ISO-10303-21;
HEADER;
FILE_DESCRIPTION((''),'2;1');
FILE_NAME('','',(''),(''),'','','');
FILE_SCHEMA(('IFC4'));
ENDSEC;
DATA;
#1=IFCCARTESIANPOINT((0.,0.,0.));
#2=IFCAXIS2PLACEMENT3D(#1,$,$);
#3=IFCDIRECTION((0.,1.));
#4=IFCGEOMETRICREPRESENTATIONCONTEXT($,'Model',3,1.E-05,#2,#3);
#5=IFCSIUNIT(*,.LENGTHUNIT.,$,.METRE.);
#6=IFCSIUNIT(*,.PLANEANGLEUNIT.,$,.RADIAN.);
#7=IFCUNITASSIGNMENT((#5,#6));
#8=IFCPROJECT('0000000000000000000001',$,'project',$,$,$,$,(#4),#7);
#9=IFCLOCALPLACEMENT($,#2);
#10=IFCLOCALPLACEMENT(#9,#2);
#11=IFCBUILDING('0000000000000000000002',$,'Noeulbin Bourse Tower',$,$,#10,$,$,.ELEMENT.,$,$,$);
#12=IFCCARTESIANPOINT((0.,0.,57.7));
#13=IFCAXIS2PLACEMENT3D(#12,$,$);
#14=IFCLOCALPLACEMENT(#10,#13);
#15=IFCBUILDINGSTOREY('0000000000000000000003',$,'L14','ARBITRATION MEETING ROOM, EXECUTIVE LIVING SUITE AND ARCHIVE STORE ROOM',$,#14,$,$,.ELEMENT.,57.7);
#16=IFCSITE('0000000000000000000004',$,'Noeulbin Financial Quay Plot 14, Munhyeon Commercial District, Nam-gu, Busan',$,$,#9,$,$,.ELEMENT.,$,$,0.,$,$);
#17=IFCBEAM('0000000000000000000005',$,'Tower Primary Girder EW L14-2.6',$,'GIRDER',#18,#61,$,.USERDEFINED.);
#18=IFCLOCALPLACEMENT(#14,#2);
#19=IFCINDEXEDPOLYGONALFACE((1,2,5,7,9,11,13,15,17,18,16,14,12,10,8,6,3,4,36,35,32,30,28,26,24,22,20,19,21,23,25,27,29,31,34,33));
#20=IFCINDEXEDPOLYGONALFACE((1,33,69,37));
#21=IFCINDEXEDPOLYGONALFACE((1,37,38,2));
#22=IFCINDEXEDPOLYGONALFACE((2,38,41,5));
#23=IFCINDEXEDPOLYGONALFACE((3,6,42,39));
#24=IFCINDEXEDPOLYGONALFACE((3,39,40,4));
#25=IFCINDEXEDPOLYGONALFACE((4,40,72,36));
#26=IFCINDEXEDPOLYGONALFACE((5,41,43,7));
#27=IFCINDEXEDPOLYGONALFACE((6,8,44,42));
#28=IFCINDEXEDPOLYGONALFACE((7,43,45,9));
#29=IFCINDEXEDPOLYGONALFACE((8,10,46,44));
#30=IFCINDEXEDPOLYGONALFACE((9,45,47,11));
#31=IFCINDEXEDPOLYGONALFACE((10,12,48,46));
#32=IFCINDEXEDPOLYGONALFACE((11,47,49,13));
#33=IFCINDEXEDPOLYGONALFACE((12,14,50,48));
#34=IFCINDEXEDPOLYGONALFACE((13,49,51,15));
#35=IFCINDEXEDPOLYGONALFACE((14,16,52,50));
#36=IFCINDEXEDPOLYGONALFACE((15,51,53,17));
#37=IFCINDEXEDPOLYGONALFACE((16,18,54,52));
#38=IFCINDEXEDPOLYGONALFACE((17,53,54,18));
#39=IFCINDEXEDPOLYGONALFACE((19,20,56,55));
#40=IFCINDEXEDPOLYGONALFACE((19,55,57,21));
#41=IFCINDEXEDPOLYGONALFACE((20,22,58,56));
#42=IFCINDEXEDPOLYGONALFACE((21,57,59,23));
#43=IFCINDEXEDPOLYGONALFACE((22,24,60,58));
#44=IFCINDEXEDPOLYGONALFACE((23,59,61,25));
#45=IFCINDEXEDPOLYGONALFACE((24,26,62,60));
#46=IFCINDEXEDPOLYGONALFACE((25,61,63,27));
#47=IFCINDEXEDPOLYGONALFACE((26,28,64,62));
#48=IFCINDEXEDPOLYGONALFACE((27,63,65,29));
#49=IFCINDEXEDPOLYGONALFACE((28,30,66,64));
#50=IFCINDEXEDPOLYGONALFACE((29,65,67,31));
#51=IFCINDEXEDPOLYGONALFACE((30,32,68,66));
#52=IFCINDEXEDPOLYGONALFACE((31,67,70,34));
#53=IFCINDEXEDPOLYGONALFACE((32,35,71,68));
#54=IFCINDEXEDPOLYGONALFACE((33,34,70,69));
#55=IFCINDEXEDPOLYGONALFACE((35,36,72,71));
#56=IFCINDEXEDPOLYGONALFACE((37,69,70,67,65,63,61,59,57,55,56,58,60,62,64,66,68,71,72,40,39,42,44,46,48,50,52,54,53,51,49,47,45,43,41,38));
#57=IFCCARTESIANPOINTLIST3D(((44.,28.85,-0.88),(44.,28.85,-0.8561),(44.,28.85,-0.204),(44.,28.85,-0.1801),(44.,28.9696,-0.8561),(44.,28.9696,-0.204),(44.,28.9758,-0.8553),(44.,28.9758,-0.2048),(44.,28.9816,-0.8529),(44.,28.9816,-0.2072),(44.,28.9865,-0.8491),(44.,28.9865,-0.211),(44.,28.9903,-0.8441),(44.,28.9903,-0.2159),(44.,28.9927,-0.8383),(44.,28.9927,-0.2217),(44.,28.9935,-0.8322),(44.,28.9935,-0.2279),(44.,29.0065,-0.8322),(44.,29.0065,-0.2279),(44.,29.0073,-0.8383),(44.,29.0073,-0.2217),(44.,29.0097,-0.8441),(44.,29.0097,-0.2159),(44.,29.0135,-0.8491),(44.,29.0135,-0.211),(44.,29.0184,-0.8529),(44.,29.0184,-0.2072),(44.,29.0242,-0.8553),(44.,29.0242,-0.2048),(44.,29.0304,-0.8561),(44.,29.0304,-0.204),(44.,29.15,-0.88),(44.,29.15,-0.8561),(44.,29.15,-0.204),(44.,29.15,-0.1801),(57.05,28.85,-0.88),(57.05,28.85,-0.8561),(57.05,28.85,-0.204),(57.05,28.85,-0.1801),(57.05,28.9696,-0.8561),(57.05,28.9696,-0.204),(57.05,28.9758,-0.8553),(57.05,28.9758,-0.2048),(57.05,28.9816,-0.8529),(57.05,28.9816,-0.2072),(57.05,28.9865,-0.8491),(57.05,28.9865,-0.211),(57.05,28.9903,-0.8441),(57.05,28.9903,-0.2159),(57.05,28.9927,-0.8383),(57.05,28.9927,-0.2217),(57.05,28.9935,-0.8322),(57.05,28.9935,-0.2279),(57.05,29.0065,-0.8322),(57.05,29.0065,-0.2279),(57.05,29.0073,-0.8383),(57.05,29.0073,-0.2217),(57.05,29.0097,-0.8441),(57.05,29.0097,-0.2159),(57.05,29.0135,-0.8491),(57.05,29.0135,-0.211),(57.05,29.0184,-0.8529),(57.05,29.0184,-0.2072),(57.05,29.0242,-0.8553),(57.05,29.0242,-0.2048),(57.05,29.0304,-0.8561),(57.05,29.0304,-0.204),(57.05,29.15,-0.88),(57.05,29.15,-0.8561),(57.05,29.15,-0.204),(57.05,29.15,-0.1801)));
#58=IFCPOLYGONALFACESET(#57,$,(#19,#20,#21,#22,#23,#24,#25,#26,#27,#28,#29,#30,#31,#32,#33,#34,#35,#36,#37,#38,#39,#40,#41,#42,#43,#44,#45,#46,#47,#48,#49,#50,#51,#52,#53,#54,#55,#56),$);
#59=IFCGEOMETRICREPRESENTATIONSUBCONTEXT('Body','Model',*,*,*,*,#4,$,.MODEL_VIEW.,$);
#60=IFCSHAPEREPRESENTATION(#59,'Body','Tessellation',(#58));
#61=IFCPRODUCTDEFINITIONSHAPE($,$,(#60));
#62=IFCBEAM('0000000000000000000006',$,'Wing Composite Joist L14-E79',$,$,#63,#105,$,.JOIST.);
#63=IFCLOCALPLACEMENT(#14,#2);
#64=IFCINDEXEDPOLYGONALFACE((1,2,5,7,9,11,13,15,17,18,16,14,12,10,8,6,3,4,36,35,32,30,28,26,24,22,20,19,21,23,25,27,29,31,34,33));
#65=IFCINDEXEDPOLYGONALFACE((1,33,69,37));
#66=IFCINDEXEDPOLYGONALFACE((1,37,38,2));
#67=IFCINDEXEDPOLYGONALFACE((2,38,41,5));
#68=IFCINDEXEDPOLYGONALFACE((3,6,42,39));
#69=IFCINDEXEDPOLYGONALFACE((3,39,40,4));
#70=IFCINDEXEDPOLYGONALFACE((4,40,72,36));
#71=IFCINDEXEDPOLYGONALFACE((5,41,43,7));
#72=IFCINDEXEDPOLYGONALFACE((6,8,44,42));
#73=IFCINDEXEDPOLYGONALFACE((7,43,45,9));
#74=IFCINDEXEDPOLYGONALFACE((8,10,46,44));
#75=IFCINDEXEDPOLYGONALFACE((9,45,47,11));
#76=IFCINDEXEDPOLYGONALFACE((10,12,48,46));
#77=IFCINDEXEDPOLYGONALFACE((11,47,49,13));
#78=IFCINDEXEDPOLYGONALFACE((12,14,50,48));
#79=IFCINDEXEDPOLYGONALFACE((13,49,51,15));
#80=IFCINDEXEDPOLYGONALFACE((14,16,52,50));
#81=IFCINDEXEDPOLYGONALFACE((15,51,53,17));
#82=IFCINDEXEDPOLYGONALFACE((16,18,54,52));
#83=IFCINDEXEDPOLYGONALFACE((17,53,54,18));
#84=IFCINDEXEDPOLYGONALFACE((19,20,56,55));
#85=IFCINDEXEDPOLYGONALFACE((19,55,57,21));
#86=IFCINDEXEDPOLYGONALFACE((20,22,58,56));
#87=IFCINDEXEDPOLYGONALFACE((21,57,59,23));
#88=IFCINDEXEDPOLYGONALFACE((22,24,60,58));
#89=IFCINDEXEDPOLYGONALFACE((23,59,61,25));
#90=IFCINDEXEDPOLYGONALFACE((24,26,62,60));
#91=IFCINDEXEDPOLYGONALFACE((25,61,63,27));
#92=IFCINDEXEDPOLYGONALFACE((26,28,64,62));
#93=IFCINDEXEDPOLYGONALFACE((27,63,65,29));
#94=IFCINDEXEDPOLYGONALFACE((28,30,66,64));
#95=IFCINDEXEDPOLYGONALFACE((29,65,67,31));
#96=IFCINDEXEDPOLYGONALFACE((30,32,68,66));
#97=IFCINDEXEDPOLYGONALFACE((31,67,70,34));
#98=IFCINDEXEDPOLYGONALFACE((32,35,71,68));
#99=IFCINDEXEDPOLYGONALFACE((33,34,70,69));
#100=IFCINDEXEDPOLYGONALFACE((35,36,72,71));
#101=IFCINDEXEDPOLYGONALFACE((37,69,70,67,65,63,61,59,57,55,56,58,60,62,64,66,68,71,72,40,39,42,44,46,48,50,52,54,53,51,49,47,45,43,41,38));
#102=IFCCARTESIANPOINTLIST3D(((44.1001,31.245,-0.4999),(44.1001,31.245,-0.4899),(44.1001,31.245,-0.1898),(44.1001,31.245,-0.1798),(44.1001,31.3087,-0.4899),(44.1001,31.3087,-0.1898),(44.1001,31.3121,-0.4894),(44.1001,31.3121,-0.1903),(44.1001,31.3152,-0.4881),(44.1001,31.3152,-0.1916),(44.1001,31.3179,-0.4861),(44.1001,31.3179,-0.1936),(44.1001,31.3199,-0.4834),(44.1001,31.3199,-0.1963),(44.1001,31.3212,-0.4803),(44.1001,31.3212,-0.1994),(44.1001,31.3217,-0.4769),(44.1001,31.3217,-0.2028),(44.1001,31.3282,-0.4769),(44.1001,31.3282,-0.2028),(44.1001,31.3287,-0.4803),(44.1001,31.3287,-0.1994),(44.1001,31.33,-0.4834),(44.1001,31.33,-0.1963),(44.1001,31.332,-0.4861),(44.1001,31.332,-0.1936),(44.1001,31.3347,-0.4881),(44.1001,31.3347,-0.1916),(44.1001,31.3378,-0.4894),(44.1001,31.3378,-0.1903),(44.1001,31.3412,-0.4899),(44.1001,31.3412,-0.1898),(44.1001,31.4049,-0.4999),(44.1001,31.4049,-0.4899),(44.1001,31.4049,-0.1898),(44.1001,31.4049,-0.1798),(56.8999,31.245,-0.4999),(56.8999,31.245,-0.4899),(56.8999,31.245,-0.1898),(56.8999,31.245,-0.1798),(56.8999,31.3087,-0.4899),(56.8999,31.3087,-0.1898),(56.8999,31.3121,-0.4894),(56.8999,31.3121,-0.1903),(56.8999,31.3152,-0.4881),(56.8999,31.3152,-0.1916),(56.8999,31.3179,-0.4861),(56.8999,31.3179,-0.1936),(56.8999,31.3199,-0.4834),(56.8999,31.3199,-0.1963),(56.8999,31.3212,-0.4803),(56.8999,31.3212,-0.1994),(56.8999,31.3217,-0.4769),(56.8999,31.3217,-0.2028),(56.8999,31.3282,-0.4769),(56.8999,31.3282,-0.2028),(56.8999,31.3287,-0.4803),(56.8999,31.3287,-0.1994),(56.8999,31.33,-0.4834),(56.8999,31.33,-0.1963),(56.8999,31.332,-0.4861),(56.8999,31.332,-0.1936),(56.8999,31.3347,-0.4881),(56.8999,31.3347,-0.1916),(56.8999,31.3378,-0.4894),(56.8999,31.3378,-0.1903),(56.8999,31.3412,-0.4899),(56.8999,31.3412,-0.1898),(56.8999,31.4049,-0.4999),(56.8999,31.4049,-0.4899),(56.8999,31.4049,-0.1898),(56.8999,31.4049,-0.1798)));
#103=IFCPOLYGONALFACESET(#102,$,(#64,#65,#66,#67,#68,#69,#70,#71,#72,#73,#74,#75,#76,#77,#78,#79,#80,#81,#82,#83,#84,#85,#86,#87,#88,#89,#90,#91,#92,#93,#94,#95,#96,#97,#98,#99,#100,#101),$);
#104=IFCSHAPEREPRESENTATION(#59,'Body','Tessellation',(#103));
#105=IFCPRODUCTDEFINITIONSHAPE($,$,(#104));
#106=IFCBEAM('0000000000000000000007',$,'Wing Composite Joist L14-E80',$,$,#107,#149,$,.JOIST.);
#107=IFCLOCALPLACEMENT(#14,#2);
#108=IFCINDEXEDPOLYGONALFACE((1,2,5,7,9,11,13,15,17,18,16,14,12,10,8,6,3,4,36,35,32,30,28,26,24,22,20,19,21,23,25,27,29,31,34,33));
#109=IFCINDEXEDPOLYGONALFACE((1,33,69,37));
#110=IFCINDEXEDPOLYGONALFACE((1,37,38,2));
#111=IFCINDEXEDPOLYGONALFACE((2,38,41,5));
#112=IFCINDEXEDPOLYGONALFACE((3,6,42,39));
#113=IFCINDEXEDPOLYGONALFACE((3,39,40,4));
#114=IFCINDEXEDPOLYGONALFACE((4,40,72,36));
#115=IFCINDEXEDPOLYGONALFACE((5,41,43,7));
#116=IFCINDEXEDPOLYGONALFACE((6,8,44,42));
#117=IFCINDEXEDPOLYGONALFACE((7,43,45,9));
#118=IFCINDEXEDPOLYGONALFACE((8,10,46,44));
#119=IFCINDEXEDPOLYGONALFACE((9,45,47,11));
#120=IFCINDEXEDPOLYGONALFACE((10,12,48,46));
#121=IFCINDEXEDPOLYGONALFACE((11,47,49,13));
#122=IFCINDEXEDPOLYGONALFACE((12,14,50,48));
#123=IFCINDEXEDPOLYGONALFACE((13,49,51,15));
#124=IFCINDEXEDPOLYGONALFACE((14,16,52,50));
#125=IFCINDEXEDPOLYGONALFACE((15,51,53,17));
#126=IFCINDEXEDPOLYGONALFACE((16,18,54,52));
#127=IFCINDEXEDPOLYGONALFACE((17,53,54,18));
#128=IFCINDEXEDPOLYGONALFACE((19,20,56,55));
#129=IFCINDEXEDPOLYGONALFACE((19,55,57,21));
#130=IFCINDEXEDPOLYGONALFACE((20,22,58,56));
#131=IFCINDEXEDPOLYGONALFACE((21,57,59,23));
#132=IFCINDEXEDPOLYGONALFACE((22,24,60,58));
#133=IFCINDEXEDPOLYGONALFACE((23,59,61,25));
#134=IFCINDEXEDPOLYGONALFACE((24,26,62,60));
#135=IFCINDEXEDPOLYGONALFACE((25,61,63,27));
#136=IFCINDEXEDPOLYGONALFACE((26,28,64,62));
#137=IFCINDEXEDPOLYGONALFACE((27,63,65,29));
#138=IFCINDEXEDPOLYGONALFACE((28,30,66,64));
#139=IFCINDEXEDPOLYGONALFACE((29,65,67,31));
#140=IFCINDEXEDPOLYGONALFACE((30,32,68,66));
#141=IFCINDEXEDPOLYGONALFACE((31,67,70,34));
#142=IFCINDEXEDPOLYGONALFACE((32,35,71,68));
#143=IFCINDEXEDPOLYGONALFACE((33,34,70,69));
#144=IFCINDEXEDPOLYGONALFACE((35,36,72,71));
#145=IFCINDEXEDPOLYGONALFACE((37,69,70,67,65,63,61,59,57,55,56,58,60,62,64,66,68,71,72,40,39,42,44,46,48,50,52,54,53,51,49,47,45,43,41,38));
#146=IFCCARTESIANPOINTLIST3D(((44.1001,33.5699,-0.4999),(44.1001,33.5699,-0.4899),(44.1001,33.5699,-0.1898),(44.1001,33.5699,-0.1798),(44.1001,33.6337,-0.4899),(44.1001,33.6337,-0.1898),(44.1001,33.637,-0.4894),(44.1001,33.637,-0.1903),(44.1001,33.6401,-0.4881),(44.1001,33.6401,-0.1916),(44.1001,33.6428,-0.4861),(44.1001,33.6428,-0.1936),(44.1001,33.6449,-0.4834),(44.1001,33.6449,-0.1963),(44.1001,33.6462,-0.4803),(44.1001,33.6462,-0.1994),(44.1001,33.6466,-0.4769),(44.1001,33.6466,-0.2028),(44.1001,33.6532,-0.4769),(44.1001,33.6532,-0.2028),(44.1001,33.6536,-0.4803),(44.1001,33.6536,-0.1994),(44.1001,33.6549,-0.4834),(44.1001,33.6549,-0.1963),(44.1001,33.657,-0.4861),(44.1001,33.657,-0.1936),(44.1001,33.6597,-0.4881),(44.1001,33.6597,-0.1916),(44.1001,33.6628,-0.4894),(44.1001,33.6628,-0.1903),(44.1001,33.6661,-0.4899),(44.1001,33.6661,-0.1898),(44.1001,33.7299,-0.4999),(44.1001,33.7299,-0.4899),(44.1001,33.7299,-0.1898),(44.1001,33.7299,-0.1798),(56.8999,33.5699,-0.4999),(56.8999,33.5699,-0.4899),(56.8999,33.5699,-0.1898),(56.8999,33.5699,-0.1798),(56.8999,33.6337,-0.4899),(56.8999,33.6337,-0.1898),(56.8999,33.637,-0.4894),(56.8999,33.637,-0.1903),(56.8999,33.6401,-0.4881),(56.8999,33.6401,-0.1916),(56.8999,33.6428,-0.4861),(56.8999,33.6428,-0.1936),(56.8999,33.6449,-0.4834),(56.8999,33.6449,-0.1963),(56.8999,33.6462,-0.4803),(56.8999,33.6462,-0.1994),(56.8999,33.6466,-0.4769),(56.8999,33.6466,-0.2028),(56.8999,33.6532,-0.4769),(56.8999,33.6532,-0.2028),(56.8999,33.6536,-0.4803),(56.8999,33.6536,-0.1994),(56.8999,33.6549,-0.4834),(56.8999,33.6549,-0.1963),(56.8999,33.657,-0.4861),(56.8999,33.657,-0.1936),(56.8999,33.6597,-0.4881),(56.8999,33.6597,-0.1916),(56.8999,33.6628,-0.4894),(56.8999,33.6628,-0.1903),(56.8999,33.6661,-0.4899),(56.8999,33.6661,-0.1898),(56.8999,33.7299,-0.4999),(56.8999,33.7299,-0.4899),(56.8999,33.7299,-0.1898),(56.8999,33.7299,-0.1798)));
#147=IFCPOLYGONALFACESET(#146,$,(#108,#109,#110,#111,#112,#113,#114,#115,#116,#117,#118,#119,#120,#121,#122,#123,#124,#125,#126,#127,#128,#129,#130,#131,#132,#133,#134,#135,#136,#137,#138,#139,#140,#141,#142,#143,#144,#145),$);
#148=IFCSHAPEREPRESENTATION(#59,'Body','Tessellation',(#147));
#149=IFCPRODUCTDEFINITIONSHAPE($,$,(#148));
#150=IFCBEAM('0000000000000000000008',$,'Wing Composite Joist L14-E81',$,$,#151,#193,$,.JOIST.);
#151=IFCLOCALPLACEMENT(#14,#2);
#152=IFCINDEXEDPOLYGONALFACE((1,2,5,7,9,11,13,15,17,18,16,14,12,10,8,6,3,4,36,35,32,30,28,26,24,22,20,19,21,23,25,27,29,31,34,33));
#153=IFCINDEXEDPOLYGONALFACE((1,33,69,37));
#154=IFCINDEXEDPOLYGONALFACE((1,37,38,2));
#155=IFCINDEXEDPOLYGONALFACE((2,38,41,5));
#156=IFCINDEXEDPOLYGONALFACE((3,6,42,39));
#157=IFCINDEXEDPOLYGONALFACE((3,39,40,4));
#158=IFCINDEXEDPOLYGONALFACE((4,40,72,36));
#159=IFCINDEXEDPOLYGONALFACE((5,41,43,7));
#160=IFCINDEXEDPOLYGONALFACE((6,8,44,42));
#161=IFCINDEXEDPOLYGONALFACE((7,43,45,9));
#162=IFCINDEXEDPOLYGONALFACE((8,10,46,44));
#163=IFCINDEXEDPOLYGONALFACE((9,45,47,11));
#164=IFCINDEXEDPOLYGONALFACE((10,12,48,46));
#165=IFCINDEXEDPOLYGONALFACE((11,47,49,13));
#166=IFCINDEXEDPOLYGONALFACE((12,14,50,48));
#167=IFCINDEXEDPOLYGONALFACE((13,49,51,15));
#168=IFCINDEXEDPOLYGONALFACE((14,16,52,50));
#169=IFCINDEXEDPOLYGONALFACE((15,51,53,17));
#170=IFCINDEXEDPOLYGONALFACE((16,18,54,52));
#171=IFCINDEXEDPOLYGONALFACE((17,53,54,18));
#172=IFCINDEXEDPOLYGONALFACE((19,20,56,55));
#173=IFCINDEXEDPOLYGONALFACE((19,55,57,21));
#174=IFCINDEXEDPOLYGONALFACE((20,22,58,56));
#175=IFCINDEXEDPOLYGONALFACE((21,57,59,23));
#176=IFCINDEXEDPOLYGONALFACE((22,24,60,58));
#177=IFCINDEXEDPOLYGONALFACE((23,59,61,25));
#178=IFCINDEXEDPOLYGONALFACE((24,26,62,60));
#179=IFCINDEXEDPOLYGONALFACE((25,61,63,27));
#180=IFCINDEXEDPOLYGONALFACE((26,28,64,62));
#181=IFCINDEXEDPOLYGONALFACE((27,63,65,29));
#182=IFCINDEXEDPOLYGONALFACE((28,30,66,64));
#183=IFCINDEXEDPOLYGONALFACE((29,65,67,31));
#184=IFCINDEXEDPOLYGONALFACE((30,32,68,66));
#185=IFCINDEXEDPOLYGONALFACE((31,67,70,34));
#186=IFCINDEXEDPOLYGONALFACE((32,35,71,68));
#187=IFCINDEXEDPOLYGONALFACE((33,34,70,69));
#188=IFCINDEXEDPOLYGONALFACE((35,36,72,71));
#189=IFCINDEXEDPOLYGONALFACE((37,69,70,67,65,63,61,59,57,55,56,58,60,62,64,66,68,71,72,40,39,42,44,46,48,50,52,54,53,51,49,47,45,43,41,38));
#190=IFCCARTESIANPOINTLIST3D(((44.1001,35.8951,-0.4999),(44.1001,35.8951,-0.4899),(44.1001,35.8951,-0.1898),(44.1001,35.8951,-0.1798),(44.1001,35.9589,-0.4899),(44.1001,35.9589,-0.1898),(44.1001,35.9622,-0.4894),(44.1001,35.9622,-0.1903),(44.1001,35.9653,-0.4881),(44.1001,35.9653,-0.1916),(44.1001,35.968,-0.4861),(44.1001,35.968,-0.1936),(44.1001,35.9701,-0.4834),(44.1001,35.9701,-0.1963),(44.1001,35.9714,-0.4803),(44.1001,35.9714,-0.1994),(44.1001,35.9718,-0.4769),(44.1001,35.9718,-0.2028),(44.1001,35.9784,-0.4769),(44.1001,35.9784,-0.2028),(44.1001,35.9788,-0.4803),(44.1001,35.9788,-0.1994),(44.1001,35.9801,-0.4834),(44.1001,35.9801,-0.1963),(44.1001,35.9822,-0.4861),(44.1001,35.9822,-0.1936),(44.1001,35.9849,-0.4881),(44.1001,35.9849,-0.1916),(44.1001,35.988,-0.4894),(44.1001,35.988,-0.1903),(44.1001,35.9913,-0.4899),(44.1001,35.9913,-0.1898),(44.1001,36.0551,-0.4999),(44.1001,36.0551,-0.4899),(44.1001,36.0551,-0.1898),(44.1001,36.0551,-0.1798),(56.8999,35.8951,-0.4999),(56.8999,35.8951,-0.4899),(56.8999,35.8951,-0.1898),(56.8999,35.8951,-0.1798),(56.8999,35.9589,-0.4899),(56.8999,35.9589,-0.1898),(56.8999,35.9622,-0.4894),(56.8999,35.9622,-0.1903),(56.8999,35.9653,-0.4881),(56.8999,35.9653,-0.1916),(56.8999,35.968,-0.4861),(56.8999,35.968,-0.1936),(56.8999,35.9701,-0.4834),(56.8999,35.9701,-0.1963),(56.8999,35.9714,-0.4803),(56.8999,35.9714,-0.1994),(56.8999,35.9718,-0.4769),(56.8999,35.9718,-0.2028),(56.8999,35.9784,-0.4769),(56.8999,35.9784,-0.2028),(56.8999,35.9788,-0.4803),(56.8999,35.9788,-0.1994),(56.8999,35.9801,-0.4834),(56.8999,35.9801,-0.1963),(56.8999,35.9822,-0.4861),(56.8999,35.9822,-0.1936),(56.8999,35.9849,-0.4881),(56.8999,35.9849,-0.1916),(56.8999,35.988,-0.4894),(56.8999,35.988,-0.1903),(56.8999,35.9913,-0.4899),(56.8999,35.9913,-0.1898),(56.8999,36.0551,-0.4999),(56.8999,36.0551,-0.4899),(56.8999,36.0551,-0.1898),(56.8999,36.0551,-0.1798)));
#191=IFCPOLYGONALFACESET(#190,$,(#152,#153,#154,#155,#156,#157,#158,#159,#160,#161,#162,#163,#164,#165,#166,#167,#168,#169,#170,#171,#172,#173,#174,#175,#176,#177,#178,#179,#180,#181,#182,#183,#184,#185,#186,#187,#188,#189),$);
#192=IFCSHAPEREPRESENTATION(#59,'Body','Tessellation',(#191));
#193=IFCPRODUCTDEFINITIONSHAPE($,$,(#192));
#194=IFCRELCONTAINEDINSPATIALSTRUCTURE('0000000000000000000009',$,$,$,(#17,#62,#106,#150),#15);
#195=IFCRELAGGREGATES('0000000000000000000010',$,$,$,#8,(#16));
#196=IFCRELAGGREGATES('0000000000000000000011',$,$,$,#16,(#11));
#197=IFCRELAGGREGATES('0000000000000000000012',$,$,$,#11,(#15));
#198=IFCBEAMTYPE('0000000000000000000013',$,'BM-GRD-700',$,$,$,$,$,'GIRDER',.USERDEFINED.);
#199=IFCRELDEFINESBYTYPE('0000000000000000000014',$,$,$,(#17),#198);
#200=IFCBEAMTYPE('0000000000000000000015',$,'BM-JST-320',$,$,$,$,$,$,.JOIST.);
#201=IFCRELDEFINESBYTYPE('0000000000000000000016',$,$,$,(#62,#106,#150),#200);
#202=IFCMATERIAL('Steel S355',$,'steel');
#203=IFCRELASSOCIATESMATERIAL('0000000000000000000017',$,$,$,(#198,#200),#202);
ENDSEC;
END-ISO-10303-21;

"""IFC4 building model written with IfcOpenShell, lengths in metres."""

from ifc_helpers import new_model, si_unit, direction, frame, origin, origin_2d, place, context, subcontext, project, spatial, i_section, extrude, material, material_profile, profile_set, type_object, element, save


model = new_model("IFC4")

# Units and contexts
model_context = context("Model", 3, precision=1e-05, world=origin(), true_north=direction((0.0, 1.0)))
body_context = subcontext(model_context, "Body", "Model", "MODEL_VIEW")
ifc_project = project(units=[si_unit("LENGTHUNIT", "METRE"), si_unit("PLANEANGLEUNIT", "RADIAN")], contexts=[model_context])

# Site, building, storey
site_placement = place(None, origin())
site = spatial("IfcSite", under=ifc_project, at=site_placement, Name="Noeulbin Financial Quay Plot 14, Munhyeon Commercial District, Nam-gu, Busan", CompositionType="ELEMENT", RefElevation=0.0)
building_placement = place(site_placement, origin())
building = spatial("IfcBuilding", under=site, at=building_placement, Name="Noeulbin Bourse Tower", CompositionType="ELEMENT")
storey_placement = place(building_placement, frame((0.0, 0.0, 57.7)))
storey = spatial("IfcBuildingStorey", under=building, at=storey_placement, Name="L14", Description="ARBITRATION MEETING ROOM, EXECUTIVE LIVING SUITE AND ARCHIVE STORE ROOM", CompositionType="ELEMENT", Elevation=57.7)

# Beams
ifc_material_1 = material(Name="Steel S355", Category="steel")
ifc_material_profile_1 = material_profile(ifc_material_1, i_section(OverallWidth=0.3, OverallDepth=0.7, WebThickness=0.0129, FlangeThickness=0.0239, FilletRadius=0.0239, at=origin_2d()), Name="H-700x300x13x24", Category="LoadBearing")
ifc_profile_set_1 = profile_set([ifc_material_profile_1], Name="Steel S355")
beam_type_1 = type_object("IfcBeamType", Name="BM-GRD-700", ElementType="GIRDER", PredefinedType="USERDEFINED", material=ifc_profile_set_1)
beam_1_placement = place(storey_placement, frame((44.0, 29.0, -0.53), z_axis=(1.0, 0.0, 0.0), x_axis=(0.0, 1.0, 0.0)))
element("IfcBeam", 1, at=beam_1_placement, inside=storey, type_object=beam_type_1, Name="Tower Primary Girder EW L14-2.6", ObjectType="GIRDER", PredefinedType="USERDEFINED", context=body_context, shape_type="SweptSolid", body=[
    extrude(i_section(OverallWidth=0.3, OverallDepth=0.7, WebThickness=0.0129, FlangeThickness=0.0239, FilletRadius=0.0239, at=origin_2d()), origin(), (0.0, 0.0, 1.0), 13.05),
])
ifc_material_profile_2 = material_profile(ifc_material_1, i_section(OverallWidth=0.1599, OverallDepth=0.3201, WebThickness=0.0066, FlangeThickness=0.01, FilletRadius=0.0129, at=origin_2d()), Name="H-320x160x6.5x10", Category="LoadBearing")
ifc_profile_set_2 = profile_set([ifc_material_profile_2], Name="Steel S355")
beam_type_2 = type_object("IfcBeamType", Name="BM-JST-320", PredefinedType="JOIST", material=ifc_profile_set_2)
for number, where, z_axis, x_axis, name in (
    (2, (44.1001, 31.325, -0.3398), (1.0, 0.0, 0.0), (0.0, 1.0, 0.0), "Wing Composite Joist L14-E79"),
    (3, (44.1001, 33.6499, -0.3398), (1.0, 0.0, 0.0), (0.0, 1.0, 0.0), "Wing Composite Joist L14-E80"),
    (4, (44.1001, 35.9751, -0.3398), (1.0, 0.0, 0.0), (0.0, 1.0, 0.0), "Wing Composite Joist L14-E81"),
):
    element("IfcBeam", number, at=place(storey_placement, frame(where, z_axis=z_axis, x_axis=x_axis)), inside=storey, type_object=beam_type_2, Name=name, PredefinedType="JOIST", context=body_context, shape_type="SweptSolid", body=[
        extrude(i_section(OverallWidth=0.1599, OverallDepth=0.3201, WebThickness=0.0066, FlangeThickness=0.01, FilletRadius=0.0129, at=origin_2d()), origin(), (0.0, 0.0, 1.0), 12.7998),
    ])

save(model, "model.ifc")
